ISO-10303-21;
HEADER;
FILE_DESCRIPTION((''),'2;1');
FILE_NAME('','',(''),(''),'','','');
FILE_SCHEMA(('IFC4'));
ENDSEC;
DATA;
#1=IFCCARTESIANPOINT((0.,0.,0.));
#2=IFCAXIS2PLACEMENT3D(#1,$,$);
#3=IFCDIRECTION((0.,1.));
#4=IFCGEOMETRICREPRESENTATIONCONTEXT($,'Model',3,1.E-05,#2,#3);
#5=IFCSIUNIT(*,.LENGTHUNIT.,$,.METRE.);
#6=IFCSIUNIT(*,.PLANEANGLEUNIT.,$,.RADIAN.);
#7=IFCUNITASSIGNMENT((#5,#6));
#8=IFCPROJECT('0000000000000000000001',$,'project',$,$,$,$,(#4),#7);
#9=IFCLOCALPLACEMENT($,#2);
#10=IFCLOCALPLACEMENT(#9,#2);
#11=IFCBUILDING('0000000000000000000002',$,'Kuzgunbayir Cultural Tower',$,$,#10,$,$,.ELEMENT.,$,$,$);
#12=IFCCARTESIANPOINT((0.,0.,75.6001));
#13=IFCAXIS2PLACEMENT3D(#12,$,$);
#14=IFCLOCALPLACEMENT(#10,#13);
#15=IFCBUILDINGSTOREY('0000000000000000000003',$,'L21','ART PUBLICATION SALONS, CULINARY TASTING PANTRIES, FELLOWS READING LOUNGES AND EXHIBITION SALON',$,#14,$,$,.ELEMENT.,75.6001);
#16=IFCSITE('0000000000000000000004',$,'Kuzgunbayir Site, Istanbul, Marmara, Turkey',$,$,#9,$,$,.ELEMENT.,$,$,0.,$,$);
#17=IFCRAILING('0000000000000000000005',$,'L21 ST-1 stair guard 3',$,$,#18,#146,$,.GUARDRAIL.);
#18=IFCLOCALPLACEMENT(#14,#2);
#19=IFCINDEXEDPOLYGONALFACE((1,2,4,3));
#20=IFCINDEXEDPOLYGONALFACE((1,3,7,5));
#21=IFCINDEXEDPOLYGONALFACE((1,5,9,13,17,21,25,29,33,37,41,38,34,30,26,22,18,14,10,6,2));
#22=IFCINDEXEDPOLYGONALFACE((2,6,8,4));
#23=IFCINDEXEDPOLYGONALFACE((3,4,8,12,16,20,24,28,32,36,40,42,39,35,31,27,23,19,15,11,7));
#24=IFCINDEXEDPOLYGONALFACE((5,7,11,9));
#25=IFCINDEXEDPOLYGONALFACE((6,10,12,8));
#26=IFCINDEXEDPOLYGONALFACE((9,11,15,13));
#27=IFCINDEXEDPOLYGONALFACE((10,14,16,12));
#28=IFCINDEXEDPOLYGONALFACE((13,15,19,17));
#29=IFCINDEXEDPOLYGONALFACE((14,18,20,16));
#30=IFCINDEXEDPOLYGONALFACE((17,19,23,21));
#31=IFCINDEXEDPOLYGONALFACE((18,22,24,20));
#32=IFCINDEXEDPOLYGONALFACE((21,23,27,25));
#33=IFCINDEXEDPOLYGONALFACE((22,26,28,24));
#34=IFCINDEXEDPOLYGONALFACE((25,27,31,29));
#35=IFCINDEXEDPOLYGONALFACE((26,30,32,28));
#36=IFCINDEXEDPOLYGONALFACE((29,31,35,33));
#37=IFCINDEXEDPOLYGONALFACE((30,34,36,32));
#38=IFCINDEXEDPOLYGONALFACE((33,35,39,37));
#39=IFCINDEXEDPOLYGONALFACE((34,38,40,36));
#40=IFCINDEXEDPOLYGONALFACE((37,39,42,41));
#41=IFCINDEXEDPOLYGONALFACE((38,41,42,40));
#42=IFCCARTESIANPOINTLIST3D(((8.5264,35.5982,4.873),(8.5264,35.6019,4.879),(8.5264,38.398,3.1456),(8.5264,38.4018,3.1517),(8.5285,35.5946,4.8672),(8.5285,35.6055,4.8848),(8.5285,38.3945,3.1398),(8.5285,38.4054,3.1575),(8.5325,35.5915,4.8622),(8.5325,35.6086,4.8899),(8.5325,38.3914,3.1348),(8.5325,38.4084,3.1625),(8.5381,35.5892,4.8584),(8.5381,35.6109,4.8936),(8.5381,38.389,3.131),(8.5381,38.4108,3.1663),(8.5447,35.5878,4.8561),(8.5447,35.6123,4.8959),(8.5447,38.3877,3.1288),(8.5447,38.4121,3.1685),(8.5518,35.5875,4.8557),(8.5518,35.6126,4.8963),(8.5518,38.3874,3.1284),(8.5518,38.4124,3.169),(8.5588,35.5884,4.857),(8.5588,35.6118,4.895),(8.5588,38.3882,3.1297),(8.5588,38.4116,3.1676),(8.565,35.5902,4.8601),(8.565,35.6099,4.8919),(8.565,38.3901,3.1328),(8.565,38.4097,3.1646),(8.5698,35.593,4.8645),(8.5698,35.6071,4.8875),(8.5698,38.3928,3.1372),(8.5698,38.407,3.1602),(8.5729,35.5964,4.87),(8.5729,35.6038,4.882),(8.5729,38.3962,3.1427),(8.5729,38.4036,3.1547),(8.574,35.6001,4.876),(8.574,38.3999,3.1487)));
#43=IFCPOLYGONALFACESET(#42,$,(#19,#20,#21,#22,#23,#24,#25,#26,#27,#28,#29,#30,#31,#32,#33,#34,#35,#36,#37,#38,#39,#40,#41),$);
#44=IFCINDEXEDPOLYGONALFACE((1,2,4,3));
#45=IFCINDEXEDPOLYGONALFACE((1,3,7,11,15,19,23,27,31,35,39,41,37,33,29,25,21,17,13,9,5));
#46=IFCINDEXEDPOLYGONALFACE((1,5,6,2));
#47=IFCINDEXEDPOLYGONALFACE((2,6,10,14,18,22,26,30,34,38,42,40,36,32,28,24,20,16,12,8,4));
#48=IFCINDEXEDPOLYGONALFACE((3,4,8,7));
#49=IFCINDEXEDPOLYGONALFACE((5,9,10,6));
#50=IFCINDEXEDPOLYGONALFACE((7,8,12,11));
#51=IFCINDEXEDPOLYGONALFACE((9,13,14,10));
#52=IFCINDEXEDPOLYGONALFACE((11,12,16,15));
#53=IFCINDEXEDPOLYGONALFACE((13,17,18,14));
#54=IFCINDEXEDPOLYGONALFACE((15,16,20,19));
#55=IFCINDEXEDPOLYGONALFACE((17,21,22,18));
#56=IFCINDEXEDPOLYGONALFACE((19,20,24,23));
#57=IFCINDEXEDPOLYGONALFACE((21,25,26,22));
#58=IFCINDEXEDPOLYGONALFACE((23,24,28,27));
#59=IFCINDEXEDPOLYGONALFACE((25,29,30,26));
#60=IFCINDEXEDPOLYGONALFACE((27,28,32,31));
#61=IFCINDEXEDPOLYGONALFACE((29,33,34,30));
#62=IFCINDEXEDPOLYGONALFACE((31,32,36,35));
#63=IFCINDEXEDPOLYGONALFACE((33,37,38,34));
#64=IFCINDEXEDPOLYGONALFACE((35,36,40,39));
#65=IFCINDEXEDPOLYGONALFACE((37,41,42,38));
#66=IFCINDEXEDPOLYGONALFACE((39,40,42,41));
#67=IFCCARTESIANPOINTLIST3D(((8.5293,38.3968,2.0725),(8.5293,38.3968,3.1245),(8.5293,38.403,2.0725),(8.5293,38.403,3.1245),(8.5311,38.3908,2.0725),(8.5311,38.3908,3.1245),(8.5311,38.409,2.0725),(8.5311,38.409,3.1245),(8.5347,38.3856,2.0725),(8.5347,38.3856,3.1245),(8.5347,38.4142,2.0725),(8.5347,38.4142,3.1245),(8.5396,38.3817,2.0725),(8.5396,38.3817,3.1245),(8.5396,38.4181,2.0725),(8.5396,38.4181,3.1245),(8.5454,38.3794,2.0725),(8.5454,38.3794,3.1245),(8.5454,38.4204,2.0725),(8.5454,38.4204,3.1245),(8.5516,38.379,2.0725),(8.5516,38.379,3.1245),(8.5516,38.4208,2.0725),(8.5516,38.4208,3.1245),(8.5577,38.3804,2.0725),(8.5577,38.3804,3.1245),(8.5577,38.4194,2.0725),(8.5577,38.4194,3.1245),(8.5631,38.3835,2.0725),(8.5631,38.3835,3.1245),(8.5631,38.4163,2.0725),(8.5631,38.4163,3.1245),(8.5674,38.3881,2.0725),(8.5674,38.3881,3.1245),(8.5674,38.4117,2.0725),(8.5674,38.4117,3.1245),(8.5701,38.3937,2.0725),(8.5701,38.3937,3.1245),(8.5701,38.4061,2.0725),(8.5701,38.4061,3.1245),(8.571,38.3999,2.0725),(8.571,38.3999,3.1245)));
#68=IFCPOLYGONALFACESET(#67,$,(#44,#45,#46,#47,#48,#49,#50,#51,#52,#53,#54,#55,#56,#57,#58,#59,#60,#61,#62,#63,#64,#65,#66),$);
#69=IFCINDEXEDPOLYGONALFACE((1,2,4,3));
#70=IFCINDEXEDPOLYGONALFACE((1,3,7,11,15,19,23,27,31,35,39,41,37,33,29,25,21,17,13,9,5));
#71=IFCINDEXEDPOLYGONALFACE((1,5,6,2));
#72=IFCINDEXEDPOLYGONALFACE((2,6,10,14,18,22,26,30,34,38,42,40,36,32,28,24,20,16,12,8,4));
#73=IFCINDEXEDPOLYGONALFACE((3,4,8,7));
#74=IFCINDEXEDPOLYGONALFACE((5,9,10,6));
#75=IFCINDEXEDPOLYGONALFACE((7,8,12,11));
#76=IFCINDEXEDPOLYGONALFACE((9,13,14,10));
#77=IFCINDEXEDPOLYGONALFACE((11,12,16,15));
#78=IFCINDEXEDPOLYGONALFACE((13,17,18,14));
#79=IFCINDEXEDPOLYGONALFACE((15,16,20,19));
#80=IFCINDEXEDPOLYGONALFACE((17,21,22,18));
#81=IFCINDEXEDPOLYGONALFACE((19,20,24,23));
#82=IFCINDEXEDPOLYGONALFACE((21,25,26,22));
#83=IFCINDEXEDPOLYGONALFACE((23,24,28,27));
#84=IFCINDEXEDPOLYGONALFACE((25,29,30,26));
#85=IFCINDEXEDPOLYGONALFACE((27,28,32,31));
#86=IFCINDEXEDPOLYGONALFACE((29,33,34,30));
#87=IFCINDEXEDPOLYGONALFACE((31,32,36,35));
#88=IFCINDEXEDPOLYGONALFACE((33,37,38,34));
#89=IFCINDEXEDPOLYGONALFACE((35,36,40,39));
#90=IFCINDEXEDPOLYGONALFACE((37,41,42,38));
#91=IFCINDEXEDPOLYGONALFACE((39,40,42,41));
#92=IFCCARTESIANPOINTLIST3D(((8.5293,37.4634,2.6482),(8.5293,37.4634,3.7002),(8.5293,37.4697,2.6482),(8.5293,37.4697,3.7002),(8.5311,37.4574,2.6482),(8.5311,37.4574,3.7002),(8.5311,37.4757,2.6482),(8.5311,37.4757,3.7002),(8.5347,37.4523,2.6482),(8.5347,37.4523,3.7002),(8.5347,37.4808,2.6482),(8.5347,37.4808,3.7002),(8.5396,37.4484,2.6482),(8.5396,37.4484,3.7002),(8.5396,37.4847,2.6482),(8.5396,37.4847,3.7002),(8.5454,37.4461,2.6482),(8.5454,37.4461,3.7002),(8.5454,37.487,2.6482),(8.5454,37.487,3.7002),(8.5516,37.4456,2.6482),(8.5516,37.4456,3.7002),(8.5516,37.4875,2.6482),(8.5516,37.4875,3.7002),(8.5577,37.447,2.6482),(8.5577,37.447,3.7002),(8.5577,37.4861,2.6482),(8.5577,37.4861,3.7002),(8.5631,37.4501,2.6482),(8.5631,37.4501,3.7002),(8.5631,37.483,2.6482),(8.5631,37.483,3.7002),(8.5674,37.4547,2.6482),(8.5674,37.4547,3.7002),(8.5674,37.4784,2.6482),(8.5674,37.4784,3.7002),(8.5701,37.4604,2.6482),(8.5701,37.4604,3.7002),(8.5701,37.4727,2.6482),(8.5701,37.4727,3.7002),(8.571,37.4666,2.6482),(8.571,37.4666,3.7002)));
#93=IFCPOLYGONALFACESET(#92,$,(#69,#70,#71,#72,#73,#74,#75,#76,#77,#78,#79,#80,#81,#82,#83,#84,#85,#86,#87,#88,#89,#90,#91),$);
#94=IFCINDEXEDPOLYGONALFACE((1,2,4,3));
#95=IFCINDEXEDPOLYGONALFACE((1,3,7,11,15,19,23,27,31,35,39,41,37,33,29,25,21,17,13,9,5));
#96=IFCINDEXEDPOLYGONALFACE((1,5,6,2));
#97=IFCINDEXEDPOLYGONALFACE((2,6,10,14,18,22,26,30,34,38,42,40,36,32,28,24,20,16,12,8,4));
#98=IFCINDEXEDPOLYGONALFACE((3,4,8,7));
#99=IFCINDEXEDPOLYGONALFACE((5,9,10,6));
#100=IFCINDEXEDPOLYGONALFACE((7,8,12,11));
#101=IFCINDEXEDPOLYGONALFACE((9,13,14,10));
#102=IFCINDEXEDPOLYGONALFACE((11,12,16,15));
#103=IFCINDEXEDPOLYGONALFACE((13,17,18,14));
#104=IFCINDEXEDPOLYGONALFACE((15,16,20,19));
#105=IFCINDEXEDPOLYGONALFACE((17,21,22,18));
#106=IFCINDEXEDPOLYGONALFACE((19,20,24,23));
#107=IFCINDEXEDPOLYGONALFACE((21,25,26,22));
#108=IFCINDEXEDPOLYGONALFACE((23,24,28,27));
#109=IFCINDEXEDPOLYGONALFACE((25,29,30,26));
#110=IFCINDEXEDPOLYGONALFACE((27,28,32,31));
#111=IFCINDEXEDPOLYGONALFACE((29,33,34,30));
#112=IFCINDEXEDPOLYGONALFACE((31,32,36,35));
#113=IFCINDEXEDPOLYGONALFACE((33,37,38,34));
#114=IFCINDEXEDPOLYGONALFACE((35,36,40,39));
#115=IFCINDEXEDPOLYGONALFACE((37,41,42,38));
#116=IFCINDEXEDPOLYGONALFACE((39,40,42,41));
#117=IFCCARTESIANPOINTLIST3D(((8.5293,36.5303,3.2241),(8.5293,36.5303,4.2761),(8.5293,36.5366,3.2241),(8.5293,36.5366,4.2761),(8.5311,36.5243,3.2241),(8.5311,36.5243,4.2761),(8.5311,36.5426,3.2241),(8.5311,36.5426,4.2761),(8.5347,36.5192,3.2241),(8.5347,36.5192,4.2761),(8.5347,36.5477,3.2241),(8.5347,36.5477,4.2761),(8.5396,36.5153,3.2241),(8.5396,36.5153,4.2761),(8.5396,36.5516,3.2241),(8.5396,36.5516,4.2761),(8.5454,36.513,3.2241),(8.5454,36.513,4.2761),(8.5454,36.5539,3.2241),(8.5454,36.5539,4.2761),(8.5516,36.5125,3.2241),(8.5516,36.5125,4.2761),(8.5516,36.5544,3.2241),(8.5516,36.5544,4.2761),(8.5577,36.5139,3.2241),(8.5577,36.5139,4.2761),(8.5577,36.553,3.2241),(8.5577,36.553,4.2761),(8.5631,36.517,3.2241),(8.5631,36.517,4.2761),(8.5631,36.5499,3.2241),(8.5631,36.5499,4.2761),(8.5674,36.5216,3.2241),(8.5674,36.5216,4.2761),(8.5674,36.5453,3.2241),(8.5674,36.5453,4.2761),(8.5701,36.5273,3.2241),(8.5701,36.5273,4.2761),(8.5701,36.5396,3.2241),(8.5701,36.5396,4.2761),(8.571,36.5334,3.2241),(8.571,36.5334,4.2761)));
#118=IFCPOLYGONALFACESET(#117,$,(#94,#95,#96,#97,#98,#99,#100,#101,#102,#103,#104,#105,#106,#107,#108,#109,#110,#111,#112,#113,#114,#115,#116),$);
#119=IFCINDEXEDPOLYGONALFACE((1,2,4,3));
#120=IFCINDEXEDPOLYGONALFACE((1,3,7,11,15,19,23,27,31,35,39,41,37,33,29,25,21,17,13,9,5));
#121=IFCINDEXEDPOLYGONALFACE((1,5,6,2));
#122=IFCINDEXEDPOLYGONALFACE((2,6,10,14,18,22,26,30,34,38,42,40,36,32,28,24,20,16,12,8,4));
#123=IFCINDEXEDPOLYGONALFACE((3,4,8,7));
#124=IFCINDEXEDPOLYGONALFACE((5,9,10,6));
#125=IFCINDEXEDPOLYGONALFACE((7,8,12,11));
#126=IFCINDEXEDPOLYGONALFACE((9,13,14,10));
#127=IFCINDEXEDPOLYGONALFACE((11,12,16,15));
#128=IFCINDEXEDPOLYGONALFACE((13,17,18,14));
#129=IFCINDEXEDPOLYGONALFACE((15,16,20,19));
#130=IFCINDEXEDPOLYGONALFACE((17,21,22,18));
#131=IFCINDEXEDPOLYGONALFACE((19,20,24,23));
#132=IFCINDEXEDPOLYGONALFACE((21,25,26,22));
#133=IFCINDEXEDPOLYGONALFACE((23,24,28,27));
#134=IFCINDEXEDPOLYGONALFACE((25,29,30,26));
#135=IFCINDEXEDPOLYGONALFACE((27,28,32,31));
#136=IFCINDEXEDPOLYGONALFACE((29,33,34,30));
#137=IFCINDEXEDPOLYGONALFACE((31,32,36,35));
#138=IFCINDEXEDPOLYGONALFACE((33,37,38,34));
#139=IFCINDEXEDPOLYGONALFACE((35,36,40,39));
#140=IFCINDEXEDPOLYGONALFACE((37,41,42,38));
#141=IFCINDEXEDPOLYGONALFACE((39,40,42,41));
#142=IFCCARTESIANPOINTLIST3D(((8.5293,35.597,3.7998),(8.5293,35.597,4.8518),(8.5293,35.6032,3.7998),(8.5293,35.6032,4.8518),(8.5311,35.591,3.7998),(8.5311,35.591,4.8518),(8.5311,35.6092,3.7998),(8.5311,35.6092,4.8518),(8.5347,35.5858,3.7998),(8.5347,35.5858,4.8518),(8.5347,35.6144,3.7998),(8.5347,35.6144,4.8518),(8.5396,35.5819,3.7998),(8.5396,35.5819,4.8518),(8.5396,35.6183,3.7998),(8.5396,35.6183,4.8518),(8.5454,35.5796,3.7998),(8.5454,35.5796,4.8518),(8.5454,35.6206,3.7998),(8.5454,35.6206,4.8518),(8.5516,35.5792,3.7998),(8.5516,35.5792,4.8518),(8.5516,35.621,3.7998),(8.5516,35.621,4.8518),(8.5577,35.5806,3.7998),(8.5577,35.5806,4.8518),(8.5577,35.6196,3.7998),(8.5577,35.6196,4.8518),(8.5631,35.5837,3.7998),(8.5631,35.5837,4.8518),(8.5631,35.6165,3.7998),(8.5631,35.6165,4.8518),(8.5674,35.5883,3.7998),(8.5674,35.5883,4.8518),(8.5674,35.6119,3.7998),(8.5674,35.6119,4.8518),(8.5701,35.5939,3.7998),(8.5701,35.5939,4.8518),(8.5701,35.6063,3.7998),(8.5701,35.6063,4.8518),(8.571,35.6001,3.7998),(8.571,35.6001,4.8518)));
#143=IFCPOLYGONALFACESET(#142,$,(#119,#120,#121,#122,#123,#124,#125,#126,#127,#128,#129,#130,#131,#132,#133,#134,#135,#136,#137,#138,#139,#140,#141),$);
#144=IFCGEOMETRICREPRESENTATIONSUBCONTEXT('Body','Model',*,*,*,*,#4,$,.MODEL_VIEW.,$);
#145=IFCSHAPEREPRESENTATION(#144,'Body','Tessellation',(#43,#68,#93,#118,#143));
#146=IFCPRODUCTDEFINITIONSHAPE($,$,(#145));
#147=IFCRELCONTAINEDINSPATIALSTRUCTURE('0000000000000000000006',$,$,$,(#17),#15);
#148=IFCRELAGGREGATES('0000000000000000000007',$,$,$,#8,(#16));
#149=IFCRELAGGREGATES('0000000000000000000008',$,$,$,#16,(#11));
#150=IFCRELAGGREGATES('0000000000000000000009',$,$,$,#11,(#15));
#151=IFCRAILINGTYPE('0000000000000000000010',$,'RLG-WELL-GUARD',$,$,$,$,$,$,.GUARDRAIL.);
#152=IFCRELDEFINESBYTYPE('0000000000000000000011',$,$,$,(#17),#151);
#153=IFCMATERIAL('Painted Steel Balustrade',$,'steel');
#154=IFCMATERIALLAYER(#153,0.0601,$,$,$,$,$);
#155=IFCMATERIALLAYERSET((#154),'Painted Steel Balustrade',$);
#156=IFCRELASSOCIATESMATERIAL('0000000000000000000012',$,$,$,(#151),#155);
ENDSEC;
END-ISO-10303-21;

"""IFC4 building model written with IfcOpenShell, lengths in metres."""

from ifc_helpers import new_model, si_unit, direction, frame, origin, origin_2d, place, context, subcontext, project, spatial, circle, extrude, material, layer, layer_set, type_object, element, save


model = new_model("IFC4")

# Units and contexts
model_context = context("Model", 3, precision=1e-05, world=origin(), true_north=direction((0.0, 1.0)))
body_context = subcontext(model_context, "Body", "Model", "MODEL_VIEW")
ifc_project = project(units=[si_unit("LENGTHUNIT", "METRE"), si_unit("PLANEANGLEUNIT", "RADIAN")], contexts=[model_context])

# Site, building, storey
site_placement = place(None, origin())
site = spatial("IfcSite", under=ifc_project, at=site_placement, Name="Kuzgunbayir Site, Istanbul, Marmara, Turkey", CompositionType="ELEMENT", RefElevation=0.0)
building_placement = place(site_placement, origin())
building = spatial("IfcBuilding", under=site, at=building_placement, Name="Kuzgunbayir Cultural Tower", CompositionType="ELEMENT")
storey_placement = place(building_placement, frame((0.0, 0.0, 75.6001)))
storey = spatial("IfcBuildingStorey", under=building, at=storey_placement, Name="L21", Description="ART PUBLICATION SALONS, CULINARY TASTING PANTRIES, FELLOWS READING LOUNGES AND EXHIBITION SALON", CompositionType="ELEMENT", Elevation=75.6001)

# Railing
ifc_material_1 = material(Name="Painted Steel Balustrade", Category="steel")
ifc_layer_1 = layer(ifc_material_1, 0.0601)
ifc_layer_set_1 = layer_set([ifc_layer_1], Name="Painted Steel Balustrade")
railing_type_1 = type_object("IfcRailingType", Name="RLG-WELL-GUARD", PredefinedType="GUARDRAIL", material=ifc_layer_set_1)
railing_1_placement = place(storey_placement, frame((8.55, 38.3999, 2.0725)))
element("IfcRailing", 1, at=railing_1_placement, inside=storey, type_object=railing_type_1, Name="L21 ST-1 stair guard 3", PredefinedType="GUARDRAIL", context=body_context, shape_type="SweptSolid", body=[
    extrude(circle(Radius=0.0239, at=origin_2d()), frame((0.0, 0.0, 1.0762), z_axis=(0.0, -0.851069, 0.525054), x_axis=(1.0, 0.0, 0.0)), (0.0, 0.0, 1.0), 3.2898),
    extrude(circle(Radius=0.021, at=origin_2d()), origin(), (0.0, 0.0, 1.0), 1.052),
    extrude(circle(Radius=0.021, at=origin_2d()), frame((0.0, -0.9333, 0.5757)), (0.0, 0.0, 1.0), 1.052),
    extrude(circle(Radius=0.021, at=origin_2d()), frame((0.0, -1.8665, 1.1516)), (0.0, 0.0, 1.0), 1.052),
    extrude(circle(Radius=0.021, at=origin_2d()), frame((0.0, -2.7998, 1.7273)), (0.0, 0.0, 1.0), 1.052),
])

save(model, "model.ifc")
